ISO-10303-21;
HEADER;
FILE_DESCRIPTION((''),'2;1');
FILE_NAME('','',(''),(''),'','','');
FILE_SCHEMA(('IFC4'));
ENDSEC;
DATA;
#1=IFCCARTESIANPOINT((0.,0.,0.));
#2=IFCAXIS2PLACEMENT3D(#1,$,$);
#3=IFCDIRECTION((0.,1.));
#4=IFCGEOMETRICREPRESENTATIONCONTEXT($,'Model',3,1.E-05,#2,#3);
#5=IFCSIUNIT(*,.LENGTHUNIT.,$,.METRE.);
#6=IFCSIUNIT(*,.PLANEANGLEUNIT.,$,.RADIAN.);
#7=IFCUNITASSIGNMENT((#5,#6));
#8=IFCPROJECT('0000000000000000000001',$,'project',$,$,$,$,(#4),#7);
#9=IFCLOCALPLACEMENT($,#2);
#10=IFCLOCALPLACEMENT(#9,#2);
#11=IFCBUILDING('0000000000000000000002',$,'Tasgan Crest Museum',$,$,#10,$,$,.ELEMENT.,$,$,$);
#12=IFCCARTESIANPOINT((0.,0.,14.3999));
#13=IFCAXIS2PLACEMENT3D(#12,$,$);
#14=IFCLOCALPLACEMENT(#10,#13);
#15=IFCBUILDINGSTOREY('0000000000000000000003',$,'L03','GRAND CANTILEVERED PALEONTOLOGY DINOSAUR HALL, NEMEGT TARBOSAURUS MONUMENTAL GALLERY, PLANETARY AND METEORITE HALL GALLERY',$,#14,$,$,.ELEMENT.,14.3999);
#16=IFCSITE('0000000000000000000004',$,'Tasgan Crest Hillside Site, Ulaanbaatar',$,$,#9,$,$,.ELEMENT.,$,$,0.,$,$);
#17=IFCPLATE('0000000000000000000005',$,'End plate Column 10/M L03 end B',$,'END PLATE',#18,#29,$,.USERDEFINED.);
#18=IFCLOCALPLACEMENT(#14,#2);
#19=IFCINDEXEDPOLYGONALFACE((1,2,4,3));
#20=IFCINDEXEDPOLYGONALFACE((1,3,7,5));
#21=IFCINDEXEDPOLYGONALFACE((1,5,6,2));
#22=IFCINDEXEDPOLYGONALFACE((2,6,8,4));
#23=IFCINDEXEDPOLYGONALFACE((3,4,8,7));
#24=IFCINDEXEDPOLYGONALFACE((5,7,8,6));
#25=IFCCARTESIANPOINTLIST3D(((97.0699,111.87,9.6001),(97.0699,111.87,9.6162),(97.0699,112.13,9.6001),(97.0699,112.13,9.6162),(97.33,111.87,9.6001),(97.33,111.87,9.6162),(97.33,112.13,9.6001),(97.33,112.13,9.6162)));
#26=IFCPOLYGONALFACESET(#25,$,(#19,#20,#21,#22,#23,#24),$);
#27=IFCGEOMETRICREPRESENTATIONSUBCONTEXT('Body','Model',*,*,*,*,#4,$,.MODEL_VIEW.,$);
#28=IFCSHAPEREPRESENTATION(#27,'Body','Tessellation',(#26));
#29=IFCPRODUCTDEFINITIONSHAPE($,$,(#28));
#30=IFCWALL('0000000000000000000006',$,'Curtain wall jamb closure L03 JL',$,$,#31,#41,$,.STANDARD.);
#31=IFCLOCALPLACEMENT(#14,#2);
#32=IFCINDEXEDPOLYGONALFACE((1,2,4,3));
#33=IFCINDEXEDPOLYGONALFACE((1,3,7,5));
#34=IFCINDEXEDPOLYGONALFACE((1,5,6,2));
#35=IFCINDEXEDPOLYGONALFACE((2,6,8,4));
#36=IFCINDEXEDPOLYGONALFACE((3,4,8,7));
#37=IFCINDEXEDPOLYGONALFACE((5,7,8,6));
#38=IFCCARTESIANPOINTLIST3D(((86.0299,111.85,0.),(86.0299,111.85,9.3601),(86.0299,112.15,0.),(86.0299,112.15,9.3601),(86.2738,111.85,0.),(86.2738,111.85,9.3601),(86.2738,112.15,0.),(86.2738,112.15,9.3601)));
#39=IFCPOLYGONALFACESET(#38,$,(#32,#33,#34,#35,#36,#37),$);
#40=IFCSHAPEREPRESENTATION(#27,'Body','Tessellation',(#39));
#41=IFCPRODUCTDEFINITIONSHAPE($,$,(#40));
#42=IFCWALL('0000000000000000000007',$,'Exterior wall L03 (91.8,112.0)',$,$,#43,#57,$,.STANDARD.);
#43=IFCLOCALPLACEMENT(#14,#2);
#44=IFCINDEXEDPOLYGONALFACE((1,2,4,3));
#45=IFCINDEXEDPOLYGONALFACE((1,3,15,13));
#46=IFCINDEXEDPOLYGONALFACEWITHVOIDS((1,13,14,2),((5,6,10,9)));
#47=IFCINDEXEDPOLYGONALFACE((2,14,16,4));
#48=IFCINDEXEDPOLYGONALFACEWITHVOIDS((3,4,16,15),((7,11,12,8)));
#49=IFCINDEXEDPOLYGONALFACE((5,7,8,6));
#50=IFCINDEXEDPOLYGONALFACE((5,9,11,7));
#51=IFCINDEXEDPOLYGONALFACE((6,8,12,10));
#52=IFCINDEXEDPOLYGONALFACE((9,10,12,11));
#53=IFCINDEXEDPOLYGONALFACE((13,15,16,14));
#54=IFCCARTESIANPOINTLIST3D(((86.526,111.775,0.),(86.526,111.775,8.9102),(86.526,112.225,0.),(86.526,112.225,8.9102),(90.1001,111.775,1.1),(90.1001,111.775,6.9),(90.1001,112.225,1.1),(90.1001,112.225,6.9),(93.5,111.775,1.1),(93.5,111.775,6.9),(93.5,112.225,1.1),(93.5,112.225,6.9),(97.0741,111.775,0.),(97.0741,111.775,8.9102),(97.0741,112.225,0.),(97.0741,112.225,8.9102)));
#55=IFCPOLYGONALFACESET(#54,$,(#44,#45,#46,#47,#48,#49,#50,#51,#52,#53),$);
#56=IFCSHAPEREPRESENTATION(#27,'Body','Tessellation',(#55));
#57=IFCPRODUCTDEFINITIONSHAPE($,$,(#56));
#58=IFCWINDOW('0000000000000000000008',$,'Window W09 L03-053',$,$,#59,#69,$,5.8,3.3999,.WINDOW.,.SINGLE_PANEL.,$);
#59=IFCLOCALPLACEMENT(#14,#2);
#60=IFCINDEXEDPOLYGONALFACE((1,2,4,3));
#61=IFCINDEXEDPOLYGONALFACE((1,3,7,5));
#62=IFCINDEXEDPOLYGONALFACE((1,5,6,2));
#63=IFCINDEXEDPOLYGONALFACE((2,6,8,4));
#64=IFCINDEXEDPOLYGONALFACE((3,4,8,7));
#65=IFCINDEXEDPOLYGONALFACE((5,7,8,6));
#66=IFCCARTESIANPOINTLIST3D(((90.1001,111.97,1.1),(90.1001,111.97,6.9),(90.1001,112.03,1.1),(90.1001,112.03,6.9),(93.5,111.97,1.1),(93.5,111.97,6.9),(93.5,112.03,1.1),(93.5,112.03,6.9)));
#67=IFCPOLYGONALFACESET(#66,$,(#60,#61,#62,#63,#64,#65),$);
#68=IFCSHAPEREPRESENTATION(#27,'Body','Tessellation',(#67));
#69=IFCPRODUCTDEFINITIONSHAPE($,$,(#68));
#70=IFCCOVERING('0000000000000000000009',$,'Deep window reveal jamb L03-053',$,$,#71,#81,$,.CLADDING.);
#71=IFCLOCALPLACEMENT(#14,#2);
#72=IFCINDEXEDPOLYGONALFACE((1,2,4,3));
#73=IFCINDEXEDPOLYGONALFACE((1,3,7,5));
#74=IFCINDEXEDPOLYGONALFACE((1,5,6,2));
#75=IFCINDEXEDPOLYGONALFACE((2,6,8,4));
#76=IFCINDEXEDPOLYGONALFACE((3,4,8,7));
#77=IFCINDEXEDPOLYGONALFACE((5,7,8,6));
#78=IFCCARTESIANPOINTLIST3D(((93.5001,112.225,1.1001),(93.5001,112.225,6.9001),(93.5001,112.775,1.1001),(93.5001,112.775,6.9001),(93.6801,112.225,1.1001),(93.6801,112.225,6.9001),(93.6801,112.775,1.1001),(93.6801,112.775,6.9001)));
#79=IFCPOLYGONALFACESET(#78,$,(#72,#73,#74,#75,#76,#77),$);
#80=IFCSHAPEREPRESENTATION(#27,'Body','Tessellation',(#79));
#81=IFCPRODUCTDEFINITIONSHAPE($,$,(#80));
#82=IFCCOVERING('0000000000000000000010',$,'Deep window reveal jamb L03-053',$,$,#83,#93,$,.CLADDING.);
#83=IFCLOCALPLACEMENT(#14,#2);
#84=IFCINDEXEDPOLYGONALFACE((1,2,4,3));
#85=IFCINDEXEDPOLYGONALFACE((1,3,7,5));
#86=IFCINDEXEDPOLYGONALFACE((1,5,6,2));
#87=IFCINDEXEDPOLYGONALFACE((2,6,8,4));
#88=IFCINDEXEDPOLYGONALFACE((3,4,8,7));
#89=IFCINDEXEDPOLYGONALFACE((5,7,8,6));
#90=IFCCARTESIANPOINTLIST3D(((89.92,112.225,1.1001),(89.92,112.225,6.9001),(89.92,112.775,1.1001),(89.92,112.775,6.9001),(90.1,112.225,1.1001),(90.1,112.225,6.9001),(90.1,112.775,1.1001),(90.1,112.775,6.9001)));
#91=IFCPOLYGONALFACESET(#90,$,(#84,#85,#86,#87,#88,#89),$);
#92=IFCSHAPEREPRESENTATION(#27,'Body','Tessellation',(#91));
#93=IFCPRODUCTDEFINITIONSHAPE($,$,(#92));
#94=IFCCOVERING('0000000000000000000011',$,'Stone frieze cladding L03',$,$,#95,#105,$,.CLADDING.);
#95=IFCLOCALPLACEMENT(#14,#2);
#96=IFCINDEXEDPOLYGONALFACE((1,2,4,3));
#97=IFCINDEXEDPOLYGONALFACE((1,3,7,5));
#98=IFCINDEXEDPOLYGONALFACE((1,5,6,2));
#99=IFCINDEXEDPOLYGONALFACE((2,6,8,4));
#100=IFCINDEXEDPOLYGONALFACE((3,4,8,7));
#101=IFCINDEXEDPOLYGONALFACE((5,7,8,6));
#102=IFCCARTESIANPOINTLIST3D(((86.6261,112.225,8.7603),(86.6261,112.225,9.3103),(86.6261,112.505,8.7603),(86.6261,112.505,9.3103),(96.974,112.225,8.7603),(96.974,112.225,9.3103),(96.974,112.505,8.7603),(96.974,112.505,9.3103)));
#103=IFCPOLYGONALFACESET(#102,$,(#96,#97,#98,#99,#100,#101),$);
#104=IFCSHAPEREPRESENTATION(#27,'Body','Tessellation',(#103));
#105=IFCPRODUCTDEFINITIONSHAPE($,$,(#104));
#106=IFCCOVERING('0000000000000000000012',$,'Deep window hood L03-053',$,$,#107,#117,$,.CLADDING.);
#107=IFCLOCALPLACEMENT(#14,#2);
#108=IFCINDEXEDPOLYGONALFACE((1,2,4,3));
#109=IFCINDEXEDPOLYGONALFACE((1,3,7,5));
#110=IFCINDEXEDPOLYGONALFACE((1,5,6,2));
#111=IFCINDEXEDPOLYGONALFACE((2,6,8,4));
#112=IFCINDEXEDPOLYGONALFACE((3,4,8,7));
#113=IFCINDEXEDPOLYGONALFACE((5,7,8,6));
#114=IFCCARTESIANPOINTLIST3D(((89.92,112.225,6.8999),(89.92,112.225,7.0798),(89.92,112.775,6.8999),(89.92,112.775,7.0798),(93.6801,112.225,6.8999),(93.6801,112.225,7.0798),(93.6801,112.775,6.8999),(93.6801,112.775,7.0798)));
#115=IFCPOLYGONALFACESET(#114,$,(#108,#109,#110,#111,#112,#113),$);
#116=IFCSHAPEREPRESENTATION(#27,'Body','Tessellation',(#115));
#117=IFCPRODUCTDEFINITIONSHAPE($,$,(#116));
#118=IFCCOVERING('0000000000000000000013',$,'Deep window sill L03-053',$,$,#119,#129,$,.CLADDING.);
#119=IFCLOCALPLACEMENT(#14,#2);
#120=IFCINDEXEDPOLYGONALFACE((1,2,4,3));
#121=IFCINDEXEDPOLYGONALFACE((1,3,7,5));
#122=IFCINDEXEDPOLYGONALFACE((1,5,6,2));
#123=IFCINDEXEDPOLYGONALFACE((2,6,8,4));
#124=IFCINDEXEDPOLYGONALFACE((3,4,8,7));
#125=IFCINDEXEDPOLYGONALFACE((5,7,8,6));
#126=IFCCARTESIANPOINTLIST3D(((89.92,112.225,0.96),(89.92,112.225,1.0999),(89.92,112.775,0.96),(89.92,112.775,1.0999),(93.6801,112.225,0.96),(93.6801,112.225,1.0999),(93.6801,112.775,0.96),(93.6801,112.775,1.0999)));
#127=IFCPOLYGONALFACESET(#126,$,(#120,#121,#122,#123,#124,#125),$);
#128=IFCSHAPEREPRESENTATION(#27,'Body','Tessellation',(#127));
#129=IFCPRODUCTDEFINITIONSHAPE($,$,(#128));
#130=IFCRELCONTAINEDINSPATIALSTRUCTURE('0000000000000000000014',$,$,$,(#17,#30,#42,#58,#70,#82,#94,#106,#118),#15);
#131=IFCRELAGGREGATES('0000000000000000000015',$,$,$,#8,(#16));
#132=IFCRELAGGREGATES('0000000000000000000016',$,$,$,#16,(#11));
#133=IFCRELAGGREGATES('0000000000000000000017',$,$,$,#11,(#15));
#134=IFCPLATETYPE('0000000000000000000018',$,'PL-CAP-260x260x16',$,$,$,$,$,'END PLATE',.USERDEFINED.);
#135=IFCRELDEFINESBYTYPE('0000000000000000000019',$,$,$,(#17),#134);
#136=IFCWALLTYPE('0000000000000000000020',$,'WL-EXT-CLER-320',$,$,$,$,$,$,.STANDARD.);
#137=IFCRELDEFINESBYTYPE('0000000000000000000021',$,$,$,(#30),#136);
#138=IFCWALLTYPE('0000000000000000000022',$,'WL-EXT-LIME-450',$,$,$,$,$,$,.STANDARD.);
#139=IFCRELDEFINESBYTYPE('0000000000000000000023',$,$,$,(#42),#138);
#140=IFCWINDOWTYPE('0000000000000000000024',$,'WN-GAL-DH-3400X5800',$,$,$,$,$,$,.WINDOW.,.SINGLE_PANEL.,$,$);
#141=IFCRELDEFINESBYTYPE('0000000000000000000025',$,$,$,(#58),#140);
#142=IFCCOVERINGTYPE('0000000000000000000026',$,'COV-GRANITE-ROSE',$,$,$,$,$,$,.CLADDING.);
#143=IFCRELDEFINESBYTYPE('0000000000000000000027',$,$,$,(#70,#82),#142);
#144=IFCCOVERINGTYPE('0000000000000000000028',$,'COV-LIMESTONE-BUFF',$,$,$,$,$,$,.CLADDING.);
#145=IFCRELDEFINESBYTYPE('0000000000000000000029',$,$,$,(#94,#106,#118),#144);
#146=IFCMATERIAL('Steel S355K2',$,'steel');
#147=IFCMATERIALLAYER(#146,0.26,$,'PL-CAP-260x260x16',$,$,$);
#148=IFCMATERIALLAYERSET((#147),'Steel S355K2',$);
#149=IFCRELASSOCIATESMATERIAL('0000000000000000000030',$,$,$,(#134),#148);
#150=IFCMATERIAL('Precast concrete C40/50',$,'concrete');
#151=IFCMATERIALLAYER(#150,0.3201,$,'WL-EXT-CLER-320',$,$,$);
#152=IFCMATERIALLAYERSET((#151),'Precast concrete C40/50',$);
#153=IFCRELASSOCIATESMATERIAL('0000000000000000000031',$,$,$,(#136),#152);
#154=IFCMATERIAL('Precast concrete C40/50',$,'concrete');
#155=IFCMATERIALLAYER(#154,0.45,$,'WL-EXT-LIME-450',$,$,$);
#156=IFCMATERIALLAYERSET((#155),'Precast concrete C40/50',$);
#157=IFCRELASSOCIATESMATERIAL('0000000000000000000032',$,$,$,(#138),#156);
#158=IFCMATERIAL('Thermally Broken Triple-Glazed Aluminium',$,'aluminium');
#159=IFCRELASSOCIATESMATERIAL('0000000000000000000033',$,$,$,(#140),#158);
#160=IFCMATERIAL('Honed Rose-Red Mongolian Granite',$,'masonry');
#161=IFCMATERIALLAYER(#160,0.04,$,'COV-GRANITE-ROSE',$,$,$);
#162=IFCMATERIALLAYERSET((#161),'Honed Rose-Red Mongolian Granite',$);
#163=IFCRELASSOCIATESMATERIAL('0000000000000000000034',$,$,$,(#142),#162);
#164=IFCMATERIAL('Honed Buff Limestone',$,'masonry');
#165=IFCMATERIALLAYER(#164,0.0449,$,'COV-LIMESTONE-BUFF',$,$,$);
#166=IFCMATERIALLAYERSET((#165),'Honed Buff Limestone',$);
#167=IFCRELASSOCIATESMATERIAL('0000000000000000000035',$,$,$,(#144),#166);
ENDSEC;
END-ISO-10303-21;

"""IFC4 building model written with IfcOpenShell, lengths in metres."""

from ifc_helpers import new_model, si_unit, direction, frame, frame_2d, origin, origin_2d, place, context, subcontext, project, spatial, rectangle, extrude, material, layer, layer_set, type_object, element, fill, save


model = new_model("IFC4")

# Units and contexts
model_context = context("Model", 3, precision=1e-05, world=origin(), true_north=direction((0.0, 1.0)))
body_context = subcontext(model_context, "Body", "Model", "MODEL_VIEW")
ifc_project = project(units=[si_unit("LENGTHUNIT", "METRE"), si_unit("PLANEANGLEUNIT", "RADIAN")], contexts=[model_context])

# Site, building, storey
site_placement = place(None, origin())
site = spatial("IfcSite", under=ifc_project, at=site_placement, Name="Tasgan Crest Hillside Site, Ulaanbaatar", CompositionType="ELEMENT", RefElevation=0.0)
building_placement = place(site_placement, origin())
building = spatial("IfcBuilding", under=site, at=building_placement, Name="Tasgan Crest Museum", CompositionType="ELEMENT")
storey_placement = place(building_placement, frame((0.0, 0.0, 14.3999)))
storey = spatial("IfcBuildingStorey", under=building, at=storey_placement, Name="L03", Description="GRAND CANTILEVERED PALEONTOLOGY DINOSAUR HALL, NEMEGT TARBOSAURUS MONUMENTAL GALLERY, PLANETARY AND METEORITE HALL GALLERY", CompositionType="ELEMENT", Elevation=14.3999)

# Plate
ifc_material_1 = material(Name="Steel S355K2", Category="steel")
ifc_layer_1 = layer(ifc_material_1, 0.26, Name="PL-CAP-260x260x16")
ifc_layer_set_1 = layer_set([ifc_layer_1], Name="Steel S355K2")
plate_type_1 = type_object("IfcPlateType", Name="PL-CAP-260x260x16", ElementType="END PLATE", PredefinedType="USERDEFINED", material=ifc_layer_set_1)
plate_1_placement = place(storey_placement, frame((97.2, 112.0, 9.6001), z_axis=(0.0, 0.0, 1.0), x_axis=(1.0, 0.0, 0.0)))
element("IfcPlate", 1, at=plate_1_placement, inside=storey, type_object=plate_type_1, Name="End plate Column 10/M L03 end B", ObjectType="END PLATE", PredefinedType="USERDEFINED", context=body_context, shape_type="SweptSolid", body=[
    extrude(rectangle(XDim=0.26, YDim=0.26, at=origin_2d()), origin(), (0.0, 0.0, 1.0), 0.0161),
])

# Wall
ifc_material_2 = material(Name="Precast concrete C40/50", Category="concrete")
ifc_layer_2 = layer(ifc_material_2, 0.3201, Name="WL-EXT-CLER-320")
ifc_layer_set_2 = layer_set([ifc_layer_2], Name="Precast concrete C40/50")
wall_type_1 = type_object("IfcWallType", Name="WL-EXT-CLER-320", PredefinedType="STANDARD", material=ifc_layer_set_2)
wall_1_placement = place(storey_placement, frame((86.2739, 112.0, 0.0), z_axis=(0.0, 0.0, 1.0), x_axis=(-1.0, 0.0, 0.0)))
element("IfcWall", 2, at=wall_1_placement, inside=storey, type_object=wall_type_1, Name="Curtain wall jamb closure L03 JL", PredefinedType="STANDARD", context=body_context, shape_type="SweptSolid", body=[
    extrude(rectangle(XDim=0.2439, YDim=0.3, at=frame_2d((0.1221, 0.0))), origin(), (0.0, 0.0, 1.0), 9.3601),
])

# Wall, opening, window
ifc_material_3 = material(Name="Precast concrete C40/50", Category="concrete")
ifc_layer_3 = layer(ifc_material_3, 0.45, Name="WL-EXT-LIME-450")
ifc_layer_set_3 = layer_set([ifc_layer_3], Name="Precast concrete C40/50")
wall_type_2 = type_object("IfcWallType", Name="WL-EXT-LIME-450", PredefinedType="STANDARD", material=ifc_layer_set_3)
wall_2_placement = place(storey_placement, frame((97.074, 112.0, 0.0), z_axis=(0.0, 0.0, 1.0), x_axis=(-1.0, 0.0, 0.0)))
wall_2 = element("IfcWall", 3, at=wall_2_placement, inside=storey, type_object=wall_type_2, Name="Exterior wall L03 (91.8,112.0)", PredefinedType="STANDARD", context=body_context, shape_type="SweptSolid", body=[
    extrude(rectangle(XDim=10.5481, YDim=0.45, at=frame_2d((5.2739, 0.0))), origin(), (0.0, 0.0, 1.0), 8.9102),
])
opening_placement = place(wall_2_placement, frame((3.574, 0.0, 1.1001)))
opening = element("IfcOpeningElement", 4, at=opening_placement, cuts=wall_2, PredefinedType="OPENING", context=body_context, shape_type="SweptSolid", body=[
    extrude(rectangle(XDim=3.3999, YDim=5.8, at=frame_2d((1.7, 2.8999))), frame((0.0, 0.2349, 0.0), z_axis=(0.0, -1.0, 0.0), x_axis=(1.0, 0.0, 0.0)), (0.0, 0.0, 1.0), 0.47),
])
ifc_material_4 = material(Name="Thermally Broken Triple-Glazed Aluminium", Category="aluminium")
window_type = type_object("IfcWindowType", Name="WN-GAL-DH-3400X5800", PartitioningType="SINGLE_PANEL", PredefinedType="WINDOW", material=ifc_material_4)
window_placement = place(opening_placement, origin())
window = element("IfcWindow", 5, at=window_placement, inside=storey, type_object=window_type, Name="Window W09 L03-053", OverallHeight=5.8, OverallWidth=3.3999, PartitioningType="SINGLE_PANEL", PredefinedType="WINDOW", context=body_context, shape_type="SweptSolid", body=[
    extrude(rectangle(XDim=3.3999, YDim=5.8, at=frame_2d((1.7, 2.8999))), frame((0.0, 0.03, 0.0), z_axis=(0.0, -1.0, 0.0), x_axis=(1.0, 0.0, 0.0)), (0.0, 0.0, 1.0), 0.0601),
])
fill(opening, window)

# Coverings
ifc_material_5 = material(Name="Honed Rose-Red Mongolian Granite", Category="masonry")
ifc_layer_4 = layer(ifc_material_5, 0.04, Name="COV-GRANITE-ROSE")
ifc_layer_set_4 = layer_set([ifc_layer_4], Name="Honed Rose-Red Mongolian Granite")
covering_type_1 = type_object("IfcCoveringType", Name="COV-GRANITE-ROSE", PredefinedType="CLADDING", material=ifc_layer_set_4)
for number, where, z_axis, x_axis, name in (
    (6, (93.5901, 112.5, 1.1001), (0.0, 0.0, 1.0), (-1.0, 0.0, 0.0), "Deep window reveal jamb L03-053"),
    (7, (90.01, 112.5, 1.1001), (0.0, 0.0, 1.0), (-1.0, 0.0, 0.0), "Deep window reveal jamb L03-053"),
):
    element("IfcCovering", number, at=place(storey_placement, frame(where, z_axis=z_axis, x_axis=x_axis)), inside=storey, type_object=covering_type_1, Name=name, PredefinedType="CLADDING", context=body_context, shape_type="SweptSolid", body=[
        extrude(rectangle(XDim=0.1799, YDim=0.55, at=origin_2d()), origin(), (0.0, 0.0, 1.0), 5.8),
    ])
ifc_material_6 = material(Name="Honed Buff Limestone", Category="masonry")
ifc_layer_5 = layer(ifc_material_6, 0.0449, Name="COV-LIMESTONE-BUFF")
ifc_layer_set_5 = layer_set([ifc_layer_5], Name="Honed Buff Limestone")
covering_type_2 = type_object("IfcCoveringType", Name="COV-LIMESTONE-BUFF", PredefinedType="CLADDING", material=ifc_layer_set_5)
covering_1_placement = place(storey_placement, frame((91.8, 112.365, 8.7603), z_axis=(0.0, 0.0, 1.0), x_axis=(-1.0, 0.0, 0.0)))
element("IfcCovering", 8, at=covering_1_placement, inside=storey, type_object=covering_type_2, Name="Stone frieze cladding L03", PredefinedType="CLADDING", context=body_context, shape_type="SweptSolid", body=[
    extrude(rectangle(XDim=10.3479, YDim=0.28, at=origin_2d()), origin(), (0.0, 0.0, 1.0), 0.55),
])
covering_2_placement = place(storey_placement, frame((91.8, 112.5, 6.8999), z_axis=(0.0, 0.0, 1.0), x_axis=(-1.0, 0.0, 0.0)))
element("IfcCovering", 9, at=covering_2_placement, inside=storey, type_object=covering_type_2, Name="Deep window hood L03-053", PredefinedType="CLADDING", context=body_context, shape_type="SweptSolid", body=[
    extrude(rectangle(XDim=3.76, YDim=0.55, at=origin_2d()), origin(), (0.0, 0.0, 1.0), 0.1799),
])
covering_3_placement = place(storey_placement, frame((91.8, 112.5, 0.96), z_axis=(0.0, 0.0, 1.0), x_axis=(-1.0, 0.0, 0.0)))
element("IfcCovering", 10, at=covering_3_placement, inside=storey, type_object=covering_type_2, Name="Deep window sill L03-053", PredefinedType="CLADDING", context=body_context, shape_type="SweptSolid", body=[
    extrude(rectangle(XDim=3.76, YDim=0.55, at=origin_2d()), origin(), (0.0, 0.0, 1.0), 0.1399),
])

save(model, "model.ifc")
